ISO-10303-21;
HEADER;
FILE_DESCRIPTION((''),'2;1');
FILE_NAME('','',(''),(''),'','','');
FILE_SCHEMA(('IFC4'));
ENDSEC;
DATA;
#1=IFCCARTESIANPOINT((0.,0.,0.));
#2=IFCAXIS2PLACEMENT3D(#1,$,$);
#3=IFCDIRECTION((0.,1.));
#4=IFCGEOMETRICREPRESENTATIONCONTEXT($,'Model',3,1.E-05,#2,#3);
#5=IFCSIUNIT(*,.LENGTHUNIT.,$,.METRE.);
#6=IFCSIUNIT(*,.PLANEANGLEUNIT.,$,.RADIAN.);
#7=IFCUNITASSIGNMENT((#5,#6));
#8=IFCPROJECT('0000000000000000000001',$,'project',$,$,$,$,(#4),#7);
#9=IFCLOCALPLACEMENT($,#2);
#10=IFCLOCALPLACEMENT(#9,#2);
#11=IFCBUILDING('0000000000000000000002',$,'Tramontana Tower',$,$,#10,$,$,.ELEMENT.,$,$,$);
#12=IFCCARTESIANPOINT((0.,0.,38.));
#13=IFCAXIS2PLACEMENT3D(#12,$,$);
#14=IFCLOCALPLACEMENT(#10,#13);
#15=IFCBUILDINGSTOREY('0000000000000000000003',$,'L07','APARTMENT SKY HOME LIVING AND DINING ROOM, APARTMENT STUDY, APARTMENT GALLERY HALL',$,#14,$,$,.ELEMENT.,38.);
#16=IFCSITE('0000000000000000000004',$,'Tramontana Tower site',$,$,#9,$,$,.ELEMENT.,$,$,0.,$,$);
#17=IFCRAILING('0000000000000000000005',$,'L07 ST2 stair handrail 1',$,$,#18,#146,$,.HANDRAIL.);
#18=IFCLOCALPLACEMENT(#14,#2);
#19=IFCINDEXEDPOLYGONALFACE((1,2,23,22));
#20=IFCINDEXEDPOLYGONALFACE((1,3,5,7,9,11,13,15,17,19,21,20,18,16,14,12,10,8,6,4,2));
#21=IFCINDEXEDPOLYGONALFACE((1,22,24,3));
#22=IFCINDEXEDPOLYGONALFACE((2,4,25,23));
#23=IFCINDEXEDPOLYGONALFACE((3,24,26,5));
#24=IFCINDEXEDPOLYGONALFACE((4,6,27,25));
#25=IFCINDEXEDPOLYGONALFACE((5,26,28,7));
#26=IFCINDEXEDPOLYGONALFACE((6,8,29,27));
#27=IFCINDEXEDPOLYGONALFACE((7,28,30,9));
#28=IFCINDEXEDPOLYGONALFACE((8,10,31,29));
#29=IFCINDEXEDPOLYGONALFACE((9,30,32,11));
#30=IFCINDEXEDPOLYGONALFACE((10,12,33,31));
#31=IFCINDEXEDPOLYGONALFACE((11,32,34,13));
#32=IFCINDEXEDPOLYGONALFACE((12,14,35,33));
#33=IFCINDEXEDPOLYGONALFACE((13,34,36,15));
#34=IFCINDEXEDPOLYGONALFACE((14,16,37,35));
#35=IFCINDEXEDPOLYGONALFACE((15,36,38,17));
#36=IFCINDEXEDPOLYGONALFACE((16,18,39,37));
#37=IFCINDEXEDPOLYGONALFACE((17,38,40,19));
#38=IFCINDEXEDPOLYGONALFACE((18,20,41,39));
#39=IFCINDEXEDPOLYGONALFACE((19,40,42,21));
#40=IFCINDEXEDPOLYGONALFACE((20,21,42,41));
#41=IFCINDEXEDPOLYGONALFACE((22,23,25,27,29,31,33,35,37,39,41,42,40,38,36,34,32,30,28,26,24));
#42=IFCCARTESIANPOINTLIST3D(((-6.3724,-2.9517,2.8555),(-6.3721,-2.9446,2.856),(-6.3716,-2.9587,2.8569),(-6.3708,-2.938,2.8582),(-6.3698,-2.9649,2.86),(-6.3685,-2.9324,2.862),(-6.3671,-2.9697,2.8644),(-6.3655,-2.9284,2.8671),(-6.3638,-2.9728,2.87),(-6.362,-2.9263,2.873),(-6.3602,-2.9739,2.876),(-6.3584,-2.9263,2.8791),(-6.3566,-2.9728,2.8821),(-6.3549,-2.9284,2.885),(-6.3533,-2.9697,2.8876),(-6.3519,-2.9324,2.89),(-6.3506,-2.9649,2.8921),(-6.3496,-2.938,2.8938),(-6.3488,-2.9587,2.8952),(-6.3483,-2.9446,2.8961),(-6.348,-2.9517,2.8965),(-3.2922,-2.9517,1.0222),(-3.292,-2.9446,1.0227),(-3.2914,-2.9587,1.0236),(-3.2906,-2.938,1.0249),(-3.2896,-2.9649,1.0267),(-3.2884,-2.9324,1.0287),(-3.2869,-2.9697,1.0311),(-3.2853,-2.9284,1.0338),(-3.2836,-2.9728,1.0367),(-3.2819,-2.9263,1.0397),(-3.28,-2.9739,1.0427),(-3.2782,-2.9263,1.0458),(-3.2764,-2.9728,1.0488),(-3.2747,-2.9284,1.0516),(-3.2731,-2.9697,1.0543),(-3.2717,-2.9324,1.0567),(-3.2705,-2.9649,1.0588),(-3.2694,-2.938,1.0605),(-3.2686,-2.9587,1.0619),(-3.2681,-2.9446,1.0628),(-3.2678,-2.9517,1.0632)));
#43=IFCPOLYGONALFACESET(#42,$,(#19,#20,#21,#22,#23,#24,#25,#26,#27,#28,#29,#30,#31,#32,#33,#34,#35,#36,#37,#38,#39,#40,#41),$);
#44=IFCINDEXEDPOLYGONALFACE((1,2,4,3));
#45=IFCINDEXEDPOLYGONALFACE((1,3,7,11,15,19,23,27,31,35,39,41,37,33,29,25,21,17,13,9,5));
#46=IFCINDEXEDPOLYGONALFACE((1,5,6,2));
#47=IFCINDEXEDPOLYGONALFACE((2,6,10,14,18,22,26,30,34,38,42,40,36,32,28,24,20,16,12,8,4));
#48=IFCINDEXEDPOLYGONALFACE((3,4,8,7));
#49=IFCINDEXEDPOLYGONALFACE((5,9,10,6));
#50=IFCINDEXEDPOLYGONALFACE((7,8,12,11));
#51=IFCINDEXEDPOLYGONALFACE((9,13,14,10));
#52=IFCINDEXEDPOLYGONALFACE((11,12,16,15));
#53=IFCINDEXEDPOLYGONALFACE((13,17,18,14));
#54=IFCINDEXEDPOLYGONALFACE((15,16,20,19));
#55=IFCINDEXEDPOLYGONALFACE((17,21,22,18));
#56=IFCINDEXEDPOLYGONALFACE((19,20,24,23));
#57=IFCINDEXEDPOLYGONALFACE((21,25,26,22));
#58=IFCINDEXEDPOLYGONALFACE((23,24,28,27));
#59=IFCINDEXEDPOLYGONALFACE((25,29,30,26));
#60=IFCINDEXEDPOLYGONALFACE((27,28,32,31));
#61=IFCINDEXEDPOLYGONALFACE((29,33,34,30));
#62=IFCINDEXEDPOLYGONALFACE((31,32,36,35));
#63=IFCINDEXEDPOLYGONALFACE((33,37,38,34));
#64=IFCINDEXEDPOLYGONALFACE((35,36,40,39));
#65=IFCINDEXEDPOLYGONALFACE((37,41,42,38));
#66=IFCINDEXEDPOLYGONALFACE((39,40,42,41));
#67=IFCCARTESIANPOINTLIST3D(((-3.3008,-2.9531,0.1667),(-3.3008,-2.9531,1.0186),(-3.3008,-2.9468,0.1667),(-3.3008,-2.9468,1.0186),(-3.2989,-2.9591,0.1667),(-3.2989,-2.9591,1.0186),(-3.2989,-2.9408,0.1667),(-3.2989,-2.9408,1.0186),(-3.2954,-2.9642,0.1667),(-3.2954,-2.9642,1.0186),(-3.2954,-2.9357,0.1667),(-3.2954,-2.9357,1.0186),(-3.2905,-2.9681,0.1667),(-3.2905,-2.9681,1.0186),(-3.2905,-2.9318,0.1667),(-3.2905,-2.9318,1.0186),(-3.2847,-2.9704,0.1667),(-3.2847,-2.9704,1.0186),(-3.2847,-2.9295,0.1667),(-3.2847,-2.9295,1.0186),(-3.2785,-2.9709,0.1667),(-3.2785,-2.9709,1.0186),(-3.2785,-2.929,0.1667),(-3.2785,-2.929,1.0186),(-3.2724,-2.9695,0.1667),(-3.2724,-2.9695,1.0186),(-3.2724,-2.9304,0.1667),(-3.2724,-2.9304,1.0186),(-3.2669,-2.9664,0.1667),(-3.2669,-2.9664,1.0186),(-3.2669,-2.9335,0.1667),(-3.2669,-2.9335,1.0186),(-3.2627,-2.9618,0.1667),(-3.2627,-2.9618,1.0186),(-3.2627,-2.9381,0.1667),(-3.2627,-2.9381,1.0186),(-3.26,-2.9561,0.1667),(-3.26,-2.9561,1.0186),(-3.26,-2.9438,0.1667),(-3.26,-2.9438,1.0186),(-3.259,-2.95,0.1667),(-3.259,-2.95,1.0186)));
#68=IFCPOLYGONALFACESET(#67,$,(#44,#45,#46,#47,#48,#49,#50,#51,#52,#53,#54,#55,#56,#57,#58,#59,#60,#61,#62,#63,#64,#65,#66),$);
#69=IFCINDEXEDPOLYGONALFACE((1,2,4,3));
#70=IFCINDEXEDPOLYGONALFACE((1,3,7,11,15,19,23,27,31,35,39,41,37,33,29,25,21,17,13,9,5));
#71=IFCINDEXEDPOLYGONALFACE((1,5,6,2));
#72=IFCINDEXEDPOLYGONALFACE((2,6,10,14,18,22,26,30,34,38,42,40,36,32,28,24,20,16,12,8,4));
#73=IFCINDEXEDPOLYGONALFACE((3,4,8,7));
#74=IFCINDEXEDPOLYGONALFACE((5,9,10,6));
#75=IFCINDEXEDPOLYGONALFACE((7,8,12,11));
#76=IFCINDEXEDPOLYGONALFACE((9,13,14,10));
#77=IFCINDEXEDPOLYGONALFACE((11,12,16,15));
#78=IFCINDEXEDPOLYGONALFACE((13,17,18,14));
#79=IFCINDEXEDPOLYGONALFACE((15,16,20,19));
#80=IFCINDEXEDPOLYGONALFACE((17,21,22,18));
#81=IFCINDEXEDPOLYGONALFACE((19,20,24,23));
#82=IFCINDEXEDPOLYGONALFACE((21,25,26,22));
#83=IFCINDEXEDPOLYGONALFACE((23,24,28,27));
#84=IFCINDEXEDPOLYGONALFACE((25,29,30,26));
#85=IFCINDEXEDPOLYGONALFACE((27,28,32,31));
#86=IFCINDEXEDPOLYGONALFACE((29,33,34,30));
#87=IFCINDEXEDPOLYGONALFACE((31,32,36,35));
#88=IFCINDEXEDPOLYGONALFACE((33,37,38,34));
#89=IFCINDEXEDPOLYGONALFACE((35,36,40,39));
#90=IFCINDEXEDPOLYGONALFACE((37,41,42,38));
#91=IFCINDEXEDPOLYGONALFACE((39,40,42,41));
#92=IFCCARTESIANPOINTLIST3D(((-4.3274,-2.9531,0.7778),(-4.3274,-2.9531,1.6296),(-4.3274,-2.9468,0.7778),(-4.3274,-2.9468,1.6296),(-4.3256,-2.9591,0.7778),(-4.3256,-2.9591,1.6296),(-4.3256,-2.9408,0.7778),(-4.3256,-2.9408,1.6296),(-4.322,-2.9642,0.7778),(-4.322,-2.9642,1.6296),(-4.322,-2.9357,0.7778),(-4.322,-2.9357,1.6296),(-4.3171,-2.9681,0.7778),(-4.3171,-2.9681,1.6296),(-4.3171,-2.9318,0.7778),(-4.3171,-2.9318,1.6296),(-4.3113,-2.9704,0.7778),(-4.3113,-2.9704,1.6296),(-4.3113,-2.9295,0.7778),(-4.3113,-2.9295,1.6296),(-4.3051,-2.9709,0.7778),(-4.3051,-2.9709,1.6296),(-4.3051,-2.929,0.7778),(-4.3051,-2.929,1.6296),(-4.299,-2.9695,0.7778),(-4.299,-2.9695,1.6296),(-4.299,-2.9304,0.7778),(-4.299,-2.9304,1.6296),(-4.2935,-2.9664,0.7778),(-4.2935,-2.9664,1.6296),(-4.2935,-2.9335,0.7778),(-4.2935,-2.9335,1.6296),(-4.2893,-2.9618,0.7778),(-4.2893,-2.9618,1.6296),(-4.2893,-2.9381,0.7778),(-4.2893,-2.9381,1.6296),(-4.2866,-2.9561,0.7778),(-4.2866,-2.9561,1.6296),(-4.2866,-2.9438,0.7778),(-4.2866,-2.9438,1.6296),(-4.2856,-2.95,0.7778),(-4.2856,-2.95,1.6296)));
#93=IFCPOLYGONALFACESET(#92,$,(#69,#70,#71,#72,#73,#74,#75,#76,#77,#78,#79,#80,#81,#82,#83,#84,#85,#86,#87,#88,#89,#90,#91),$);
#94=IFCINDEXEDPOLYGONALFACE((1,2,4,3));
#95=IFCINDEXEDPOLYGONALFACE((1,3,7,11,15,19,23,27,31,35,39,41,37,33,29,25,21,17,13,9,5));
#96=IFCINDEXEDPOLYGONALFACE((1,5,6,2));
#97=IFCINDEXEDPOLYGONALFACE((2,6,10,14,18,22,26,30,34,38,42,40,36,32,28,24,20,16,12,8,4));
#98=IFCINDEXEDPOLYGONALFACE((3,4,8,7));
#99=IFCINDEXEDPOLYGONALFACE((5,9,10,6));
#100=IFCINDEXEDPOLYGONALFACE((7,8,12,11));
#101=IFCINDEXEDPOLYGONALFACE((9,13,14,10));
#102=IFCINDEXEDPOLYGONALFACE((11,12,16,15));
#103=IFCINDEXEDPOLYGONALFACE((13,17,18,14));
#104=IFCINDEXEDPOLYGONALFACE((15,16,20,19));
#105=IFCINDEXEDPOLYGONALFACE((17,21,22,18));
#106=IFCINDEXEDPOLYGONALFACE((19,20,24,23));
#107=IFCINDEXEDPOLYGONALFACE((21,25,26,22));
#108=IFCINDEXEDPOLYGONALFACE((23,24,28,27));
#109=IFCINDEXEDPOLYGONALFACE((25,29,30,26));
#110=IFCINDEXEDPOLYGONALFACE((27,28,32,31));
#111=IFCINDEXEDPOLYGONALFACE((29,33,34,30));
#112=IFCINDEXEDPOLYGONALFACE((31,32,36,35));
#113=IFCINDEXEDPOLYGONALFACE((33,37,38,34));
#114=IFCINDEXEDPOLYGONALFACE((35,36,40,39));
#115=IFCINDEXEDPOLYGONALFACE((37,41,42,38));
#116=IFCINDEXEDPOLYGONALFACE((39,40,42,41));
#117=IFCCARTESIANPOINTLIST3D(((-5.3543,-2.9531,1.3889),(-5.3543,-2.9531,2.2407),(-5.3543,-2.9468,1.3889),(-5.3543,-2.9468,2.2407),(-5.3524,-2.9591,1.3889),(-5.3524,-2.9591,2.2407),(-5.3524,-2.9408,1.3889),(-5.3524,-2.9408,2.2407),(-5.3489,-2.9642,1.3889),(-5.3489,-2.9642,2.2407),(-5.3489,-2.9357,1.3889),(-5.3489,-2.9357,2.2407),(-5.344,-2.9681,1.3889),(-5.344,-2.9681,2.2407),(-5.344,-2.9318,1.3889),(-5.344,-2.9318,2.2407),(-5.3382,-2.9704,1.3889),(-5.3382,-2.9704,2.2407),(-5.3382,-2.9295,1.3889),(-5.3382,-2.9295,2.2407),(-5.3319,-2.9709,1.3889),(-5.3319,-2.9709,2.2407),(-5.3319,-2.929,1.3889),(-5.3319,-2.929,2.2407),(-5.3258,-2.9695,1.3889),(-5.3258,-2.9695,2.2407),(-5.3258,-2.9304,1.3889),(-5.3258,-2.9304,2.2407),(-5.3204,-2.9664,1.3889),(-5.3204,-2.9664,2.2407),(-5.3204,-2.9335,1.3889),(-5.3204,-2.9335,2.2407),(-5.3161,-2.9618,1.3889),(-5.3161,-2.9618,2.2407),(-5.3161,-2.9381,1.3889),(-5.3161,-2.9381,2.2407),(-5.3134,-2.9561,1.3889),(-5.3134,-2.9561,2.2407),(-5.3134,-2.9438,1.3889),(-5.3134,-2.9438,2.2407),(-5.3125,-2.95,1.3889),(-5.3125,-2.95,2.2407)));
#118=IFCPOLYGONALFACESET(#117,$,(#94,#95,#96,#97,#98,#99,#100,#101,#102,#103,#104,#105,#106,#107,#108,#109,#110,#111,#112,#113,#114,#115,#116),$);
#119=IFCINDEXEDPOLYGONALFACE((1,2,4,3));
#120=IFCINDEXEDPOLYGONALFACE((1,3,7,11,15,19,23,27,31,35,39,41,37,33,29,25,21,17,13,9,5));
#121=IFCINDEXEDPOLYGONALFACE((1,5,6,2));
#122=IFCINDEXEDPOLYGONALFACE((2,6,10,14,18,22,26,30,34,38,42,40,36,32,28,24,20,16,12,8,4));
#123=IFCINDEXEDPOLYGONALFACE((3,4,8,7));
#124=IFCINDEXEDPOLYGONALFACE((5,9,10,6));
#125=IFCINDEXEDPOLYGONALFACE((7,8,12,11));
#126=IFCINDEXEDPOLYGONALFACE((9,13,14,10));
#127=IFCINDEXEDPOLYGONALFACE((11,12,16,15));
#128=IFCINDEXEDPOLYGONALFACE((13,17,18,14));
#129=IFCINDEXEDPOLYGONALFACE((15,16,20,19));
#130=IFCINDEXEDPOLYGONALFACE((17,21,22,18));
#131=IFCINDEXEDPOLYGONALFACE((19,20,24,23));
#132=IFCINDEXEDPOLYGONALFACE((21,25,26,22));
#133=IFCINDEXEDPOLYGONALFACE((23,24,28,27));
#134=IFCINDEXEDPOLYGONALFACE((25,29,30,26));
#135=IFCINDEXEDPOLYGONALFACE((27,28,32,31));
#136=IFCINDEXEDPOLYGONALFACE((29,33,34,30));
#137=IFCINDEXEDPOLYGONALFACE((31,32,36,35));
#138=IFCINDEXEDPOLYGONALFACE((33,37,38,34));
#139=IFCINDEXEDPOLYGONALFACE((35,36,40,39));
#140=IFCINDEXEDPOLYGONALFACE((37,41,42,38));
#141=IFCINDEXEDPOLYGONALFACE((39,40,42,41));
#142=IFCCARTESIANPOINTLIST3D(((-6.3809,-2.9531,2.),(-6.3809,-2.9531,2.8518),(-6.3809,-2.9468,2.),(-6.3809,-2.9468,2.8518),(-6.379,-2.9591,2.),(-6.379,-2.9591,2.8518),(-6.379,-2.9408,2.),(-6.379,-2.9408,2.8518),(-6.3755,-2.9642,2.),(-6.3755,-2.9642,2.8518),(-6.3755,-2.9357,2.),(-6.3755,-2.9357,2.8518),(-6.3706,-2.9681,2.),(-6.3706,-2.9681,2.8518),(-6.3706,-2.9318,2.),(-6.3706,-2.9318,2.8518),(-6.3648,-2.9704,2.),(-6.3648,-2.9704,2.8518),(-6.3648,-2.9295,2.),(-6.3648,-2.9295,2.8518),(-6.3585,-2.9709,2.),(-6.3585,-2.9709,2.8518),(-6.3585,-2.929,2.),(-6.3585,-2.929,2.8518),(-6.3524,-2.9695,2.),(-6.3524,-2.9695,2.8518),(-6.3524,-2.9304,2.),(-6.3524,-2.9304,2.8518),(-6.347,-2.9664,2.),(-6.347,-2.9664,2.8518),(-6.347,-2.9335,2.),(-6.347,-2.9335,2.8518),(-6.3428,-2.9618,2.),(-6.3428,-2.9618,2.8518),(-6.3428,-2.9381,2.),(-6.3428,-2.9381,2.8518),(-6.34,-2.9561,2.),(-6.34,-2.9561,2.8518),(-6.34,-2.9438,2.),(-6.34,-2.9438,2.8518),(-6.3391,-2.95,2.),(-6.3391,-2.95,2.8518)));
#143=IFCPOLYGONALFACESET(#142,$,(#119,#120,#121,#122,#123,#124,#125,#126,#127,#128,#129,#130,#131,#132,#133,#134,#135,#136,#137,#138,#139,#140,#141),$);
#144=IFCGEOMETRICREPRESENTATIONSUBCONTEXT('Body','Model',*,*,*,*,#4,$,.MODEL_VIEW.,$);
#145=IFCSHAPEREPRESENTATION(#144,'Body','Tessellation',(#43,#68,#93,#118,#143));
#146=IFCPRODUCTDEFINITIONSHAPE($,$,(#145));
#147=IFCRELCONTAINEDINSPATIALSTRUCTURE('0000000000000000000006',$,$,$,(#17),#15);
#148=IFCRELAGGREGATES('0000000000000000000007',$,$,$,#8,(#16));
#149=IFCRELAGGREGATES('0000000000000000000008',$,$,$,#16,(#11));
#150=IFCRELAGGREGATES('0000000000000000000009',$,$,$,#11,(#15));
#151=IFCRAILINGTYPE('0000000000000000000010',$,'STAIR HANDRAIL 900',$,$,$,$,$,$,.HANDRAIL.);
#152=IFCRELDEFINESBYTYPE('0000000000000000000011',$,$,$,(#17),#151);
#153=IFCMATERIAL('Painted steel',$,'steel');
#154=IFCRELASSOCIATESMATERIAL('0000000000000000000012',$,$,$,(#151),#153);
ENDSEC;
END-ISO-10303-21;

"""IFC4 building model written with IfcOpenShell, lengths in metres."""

from ifc_helpers import new_model, si_unit, direction, frame, origin, origin_2d, place, context, subcontext, project, spatial, circle, extrude, material, type_object, element, save


model = new_model("IFC4")

# Units and contexts
model_context = context("Model", 3, precision=1e-05, world=origin(), true_north=direction((0.0, 1.0)))
body_context = subcontext(model_context, "Body", "Model", "MODEL_VIEW")
ifc_project = project(units=[si_unit("LENGTHUNIT", "METRE"), si_unit("PLANEANGLEUNIT", "RADIAN")], contexts=[model_context])

# Site, building, storey
site_placement = place(None, origin())
site = spatial("IfcSite", under=ifc_project, at=site_placement, Name="Tramontana Tower site", CompositionType="ELEMENT", RefElevation=0.0)
building_placement = place(site_placement, origin())
building = spatial("IfcBuilding", under=site, at=building_placement, Name="Tramontana Tower", CompositionType="ELEMENT")
storey_placement = place(building_placement, frame((0.0, 0.0, 38.0)))
storey = spatial("IfcBuildingStorey", under=building, at=storey_placement, Name="L07", Description="APARTMENT SKY HOME LIVING AND DINING ROOM, APARTMENT STUDY, APARTMENT GALLERY HALL", CompositionType="ELEMENT", Elevation=38.0)

# Railing
ifc_material_1 = material(Name="Painted steel", Category="steel")
railing_type_1 = type_object("IfcRailingType", Name="STAIR HANDRAIL 900", PredefinedType="HANDRAIL", material=ifc_material_1)
railing_1_placement = place(storey_placement, frame((-3.28, -2.95, 0.1667)))
element("IfcRailing", 1, at=railing_1_placement, inside=storey, type_object=railing_type_1, Name="L07 ST2 stair handrail 1", PredefinedType="HANDRAIL", context=body_context, shape_type="SweptSolid", body=[
    extrude(circle(Radius=0.0239, at=origin_2d()), frame((0.0, 0.0, 0.876), z_axis=(-0.859309, 0.0, 0.511458), x_axis=(0.0, -1.0, 0.0)), (0.0, 0.0, 1.0), 3.5845),
    extrude(circle(Radius=0.021, at=origin_2d()), origin(), (0.0, 0.0, 1.0), 0.8518),
    extrude(circle(Radius=0.021, at=origin_2d()), frame((-1.0266, 0.0, 0.6111)), (0.0, 0.0, 1.0), 0.8518),
    extrude(circle(Radius=0.021, at=origin_2d()), frame((-2.0535, 0.0, 1.2222)), (0.0, 0.0, 1.0), 0.8518),
    extrude(circle(Radius=0.021, at=origin_2d()), frame((-3.0801, 0.0, 1.8333)), (0.0, 0.0, 1.0), 0.8518),
])

save(model, "model.ifc")
